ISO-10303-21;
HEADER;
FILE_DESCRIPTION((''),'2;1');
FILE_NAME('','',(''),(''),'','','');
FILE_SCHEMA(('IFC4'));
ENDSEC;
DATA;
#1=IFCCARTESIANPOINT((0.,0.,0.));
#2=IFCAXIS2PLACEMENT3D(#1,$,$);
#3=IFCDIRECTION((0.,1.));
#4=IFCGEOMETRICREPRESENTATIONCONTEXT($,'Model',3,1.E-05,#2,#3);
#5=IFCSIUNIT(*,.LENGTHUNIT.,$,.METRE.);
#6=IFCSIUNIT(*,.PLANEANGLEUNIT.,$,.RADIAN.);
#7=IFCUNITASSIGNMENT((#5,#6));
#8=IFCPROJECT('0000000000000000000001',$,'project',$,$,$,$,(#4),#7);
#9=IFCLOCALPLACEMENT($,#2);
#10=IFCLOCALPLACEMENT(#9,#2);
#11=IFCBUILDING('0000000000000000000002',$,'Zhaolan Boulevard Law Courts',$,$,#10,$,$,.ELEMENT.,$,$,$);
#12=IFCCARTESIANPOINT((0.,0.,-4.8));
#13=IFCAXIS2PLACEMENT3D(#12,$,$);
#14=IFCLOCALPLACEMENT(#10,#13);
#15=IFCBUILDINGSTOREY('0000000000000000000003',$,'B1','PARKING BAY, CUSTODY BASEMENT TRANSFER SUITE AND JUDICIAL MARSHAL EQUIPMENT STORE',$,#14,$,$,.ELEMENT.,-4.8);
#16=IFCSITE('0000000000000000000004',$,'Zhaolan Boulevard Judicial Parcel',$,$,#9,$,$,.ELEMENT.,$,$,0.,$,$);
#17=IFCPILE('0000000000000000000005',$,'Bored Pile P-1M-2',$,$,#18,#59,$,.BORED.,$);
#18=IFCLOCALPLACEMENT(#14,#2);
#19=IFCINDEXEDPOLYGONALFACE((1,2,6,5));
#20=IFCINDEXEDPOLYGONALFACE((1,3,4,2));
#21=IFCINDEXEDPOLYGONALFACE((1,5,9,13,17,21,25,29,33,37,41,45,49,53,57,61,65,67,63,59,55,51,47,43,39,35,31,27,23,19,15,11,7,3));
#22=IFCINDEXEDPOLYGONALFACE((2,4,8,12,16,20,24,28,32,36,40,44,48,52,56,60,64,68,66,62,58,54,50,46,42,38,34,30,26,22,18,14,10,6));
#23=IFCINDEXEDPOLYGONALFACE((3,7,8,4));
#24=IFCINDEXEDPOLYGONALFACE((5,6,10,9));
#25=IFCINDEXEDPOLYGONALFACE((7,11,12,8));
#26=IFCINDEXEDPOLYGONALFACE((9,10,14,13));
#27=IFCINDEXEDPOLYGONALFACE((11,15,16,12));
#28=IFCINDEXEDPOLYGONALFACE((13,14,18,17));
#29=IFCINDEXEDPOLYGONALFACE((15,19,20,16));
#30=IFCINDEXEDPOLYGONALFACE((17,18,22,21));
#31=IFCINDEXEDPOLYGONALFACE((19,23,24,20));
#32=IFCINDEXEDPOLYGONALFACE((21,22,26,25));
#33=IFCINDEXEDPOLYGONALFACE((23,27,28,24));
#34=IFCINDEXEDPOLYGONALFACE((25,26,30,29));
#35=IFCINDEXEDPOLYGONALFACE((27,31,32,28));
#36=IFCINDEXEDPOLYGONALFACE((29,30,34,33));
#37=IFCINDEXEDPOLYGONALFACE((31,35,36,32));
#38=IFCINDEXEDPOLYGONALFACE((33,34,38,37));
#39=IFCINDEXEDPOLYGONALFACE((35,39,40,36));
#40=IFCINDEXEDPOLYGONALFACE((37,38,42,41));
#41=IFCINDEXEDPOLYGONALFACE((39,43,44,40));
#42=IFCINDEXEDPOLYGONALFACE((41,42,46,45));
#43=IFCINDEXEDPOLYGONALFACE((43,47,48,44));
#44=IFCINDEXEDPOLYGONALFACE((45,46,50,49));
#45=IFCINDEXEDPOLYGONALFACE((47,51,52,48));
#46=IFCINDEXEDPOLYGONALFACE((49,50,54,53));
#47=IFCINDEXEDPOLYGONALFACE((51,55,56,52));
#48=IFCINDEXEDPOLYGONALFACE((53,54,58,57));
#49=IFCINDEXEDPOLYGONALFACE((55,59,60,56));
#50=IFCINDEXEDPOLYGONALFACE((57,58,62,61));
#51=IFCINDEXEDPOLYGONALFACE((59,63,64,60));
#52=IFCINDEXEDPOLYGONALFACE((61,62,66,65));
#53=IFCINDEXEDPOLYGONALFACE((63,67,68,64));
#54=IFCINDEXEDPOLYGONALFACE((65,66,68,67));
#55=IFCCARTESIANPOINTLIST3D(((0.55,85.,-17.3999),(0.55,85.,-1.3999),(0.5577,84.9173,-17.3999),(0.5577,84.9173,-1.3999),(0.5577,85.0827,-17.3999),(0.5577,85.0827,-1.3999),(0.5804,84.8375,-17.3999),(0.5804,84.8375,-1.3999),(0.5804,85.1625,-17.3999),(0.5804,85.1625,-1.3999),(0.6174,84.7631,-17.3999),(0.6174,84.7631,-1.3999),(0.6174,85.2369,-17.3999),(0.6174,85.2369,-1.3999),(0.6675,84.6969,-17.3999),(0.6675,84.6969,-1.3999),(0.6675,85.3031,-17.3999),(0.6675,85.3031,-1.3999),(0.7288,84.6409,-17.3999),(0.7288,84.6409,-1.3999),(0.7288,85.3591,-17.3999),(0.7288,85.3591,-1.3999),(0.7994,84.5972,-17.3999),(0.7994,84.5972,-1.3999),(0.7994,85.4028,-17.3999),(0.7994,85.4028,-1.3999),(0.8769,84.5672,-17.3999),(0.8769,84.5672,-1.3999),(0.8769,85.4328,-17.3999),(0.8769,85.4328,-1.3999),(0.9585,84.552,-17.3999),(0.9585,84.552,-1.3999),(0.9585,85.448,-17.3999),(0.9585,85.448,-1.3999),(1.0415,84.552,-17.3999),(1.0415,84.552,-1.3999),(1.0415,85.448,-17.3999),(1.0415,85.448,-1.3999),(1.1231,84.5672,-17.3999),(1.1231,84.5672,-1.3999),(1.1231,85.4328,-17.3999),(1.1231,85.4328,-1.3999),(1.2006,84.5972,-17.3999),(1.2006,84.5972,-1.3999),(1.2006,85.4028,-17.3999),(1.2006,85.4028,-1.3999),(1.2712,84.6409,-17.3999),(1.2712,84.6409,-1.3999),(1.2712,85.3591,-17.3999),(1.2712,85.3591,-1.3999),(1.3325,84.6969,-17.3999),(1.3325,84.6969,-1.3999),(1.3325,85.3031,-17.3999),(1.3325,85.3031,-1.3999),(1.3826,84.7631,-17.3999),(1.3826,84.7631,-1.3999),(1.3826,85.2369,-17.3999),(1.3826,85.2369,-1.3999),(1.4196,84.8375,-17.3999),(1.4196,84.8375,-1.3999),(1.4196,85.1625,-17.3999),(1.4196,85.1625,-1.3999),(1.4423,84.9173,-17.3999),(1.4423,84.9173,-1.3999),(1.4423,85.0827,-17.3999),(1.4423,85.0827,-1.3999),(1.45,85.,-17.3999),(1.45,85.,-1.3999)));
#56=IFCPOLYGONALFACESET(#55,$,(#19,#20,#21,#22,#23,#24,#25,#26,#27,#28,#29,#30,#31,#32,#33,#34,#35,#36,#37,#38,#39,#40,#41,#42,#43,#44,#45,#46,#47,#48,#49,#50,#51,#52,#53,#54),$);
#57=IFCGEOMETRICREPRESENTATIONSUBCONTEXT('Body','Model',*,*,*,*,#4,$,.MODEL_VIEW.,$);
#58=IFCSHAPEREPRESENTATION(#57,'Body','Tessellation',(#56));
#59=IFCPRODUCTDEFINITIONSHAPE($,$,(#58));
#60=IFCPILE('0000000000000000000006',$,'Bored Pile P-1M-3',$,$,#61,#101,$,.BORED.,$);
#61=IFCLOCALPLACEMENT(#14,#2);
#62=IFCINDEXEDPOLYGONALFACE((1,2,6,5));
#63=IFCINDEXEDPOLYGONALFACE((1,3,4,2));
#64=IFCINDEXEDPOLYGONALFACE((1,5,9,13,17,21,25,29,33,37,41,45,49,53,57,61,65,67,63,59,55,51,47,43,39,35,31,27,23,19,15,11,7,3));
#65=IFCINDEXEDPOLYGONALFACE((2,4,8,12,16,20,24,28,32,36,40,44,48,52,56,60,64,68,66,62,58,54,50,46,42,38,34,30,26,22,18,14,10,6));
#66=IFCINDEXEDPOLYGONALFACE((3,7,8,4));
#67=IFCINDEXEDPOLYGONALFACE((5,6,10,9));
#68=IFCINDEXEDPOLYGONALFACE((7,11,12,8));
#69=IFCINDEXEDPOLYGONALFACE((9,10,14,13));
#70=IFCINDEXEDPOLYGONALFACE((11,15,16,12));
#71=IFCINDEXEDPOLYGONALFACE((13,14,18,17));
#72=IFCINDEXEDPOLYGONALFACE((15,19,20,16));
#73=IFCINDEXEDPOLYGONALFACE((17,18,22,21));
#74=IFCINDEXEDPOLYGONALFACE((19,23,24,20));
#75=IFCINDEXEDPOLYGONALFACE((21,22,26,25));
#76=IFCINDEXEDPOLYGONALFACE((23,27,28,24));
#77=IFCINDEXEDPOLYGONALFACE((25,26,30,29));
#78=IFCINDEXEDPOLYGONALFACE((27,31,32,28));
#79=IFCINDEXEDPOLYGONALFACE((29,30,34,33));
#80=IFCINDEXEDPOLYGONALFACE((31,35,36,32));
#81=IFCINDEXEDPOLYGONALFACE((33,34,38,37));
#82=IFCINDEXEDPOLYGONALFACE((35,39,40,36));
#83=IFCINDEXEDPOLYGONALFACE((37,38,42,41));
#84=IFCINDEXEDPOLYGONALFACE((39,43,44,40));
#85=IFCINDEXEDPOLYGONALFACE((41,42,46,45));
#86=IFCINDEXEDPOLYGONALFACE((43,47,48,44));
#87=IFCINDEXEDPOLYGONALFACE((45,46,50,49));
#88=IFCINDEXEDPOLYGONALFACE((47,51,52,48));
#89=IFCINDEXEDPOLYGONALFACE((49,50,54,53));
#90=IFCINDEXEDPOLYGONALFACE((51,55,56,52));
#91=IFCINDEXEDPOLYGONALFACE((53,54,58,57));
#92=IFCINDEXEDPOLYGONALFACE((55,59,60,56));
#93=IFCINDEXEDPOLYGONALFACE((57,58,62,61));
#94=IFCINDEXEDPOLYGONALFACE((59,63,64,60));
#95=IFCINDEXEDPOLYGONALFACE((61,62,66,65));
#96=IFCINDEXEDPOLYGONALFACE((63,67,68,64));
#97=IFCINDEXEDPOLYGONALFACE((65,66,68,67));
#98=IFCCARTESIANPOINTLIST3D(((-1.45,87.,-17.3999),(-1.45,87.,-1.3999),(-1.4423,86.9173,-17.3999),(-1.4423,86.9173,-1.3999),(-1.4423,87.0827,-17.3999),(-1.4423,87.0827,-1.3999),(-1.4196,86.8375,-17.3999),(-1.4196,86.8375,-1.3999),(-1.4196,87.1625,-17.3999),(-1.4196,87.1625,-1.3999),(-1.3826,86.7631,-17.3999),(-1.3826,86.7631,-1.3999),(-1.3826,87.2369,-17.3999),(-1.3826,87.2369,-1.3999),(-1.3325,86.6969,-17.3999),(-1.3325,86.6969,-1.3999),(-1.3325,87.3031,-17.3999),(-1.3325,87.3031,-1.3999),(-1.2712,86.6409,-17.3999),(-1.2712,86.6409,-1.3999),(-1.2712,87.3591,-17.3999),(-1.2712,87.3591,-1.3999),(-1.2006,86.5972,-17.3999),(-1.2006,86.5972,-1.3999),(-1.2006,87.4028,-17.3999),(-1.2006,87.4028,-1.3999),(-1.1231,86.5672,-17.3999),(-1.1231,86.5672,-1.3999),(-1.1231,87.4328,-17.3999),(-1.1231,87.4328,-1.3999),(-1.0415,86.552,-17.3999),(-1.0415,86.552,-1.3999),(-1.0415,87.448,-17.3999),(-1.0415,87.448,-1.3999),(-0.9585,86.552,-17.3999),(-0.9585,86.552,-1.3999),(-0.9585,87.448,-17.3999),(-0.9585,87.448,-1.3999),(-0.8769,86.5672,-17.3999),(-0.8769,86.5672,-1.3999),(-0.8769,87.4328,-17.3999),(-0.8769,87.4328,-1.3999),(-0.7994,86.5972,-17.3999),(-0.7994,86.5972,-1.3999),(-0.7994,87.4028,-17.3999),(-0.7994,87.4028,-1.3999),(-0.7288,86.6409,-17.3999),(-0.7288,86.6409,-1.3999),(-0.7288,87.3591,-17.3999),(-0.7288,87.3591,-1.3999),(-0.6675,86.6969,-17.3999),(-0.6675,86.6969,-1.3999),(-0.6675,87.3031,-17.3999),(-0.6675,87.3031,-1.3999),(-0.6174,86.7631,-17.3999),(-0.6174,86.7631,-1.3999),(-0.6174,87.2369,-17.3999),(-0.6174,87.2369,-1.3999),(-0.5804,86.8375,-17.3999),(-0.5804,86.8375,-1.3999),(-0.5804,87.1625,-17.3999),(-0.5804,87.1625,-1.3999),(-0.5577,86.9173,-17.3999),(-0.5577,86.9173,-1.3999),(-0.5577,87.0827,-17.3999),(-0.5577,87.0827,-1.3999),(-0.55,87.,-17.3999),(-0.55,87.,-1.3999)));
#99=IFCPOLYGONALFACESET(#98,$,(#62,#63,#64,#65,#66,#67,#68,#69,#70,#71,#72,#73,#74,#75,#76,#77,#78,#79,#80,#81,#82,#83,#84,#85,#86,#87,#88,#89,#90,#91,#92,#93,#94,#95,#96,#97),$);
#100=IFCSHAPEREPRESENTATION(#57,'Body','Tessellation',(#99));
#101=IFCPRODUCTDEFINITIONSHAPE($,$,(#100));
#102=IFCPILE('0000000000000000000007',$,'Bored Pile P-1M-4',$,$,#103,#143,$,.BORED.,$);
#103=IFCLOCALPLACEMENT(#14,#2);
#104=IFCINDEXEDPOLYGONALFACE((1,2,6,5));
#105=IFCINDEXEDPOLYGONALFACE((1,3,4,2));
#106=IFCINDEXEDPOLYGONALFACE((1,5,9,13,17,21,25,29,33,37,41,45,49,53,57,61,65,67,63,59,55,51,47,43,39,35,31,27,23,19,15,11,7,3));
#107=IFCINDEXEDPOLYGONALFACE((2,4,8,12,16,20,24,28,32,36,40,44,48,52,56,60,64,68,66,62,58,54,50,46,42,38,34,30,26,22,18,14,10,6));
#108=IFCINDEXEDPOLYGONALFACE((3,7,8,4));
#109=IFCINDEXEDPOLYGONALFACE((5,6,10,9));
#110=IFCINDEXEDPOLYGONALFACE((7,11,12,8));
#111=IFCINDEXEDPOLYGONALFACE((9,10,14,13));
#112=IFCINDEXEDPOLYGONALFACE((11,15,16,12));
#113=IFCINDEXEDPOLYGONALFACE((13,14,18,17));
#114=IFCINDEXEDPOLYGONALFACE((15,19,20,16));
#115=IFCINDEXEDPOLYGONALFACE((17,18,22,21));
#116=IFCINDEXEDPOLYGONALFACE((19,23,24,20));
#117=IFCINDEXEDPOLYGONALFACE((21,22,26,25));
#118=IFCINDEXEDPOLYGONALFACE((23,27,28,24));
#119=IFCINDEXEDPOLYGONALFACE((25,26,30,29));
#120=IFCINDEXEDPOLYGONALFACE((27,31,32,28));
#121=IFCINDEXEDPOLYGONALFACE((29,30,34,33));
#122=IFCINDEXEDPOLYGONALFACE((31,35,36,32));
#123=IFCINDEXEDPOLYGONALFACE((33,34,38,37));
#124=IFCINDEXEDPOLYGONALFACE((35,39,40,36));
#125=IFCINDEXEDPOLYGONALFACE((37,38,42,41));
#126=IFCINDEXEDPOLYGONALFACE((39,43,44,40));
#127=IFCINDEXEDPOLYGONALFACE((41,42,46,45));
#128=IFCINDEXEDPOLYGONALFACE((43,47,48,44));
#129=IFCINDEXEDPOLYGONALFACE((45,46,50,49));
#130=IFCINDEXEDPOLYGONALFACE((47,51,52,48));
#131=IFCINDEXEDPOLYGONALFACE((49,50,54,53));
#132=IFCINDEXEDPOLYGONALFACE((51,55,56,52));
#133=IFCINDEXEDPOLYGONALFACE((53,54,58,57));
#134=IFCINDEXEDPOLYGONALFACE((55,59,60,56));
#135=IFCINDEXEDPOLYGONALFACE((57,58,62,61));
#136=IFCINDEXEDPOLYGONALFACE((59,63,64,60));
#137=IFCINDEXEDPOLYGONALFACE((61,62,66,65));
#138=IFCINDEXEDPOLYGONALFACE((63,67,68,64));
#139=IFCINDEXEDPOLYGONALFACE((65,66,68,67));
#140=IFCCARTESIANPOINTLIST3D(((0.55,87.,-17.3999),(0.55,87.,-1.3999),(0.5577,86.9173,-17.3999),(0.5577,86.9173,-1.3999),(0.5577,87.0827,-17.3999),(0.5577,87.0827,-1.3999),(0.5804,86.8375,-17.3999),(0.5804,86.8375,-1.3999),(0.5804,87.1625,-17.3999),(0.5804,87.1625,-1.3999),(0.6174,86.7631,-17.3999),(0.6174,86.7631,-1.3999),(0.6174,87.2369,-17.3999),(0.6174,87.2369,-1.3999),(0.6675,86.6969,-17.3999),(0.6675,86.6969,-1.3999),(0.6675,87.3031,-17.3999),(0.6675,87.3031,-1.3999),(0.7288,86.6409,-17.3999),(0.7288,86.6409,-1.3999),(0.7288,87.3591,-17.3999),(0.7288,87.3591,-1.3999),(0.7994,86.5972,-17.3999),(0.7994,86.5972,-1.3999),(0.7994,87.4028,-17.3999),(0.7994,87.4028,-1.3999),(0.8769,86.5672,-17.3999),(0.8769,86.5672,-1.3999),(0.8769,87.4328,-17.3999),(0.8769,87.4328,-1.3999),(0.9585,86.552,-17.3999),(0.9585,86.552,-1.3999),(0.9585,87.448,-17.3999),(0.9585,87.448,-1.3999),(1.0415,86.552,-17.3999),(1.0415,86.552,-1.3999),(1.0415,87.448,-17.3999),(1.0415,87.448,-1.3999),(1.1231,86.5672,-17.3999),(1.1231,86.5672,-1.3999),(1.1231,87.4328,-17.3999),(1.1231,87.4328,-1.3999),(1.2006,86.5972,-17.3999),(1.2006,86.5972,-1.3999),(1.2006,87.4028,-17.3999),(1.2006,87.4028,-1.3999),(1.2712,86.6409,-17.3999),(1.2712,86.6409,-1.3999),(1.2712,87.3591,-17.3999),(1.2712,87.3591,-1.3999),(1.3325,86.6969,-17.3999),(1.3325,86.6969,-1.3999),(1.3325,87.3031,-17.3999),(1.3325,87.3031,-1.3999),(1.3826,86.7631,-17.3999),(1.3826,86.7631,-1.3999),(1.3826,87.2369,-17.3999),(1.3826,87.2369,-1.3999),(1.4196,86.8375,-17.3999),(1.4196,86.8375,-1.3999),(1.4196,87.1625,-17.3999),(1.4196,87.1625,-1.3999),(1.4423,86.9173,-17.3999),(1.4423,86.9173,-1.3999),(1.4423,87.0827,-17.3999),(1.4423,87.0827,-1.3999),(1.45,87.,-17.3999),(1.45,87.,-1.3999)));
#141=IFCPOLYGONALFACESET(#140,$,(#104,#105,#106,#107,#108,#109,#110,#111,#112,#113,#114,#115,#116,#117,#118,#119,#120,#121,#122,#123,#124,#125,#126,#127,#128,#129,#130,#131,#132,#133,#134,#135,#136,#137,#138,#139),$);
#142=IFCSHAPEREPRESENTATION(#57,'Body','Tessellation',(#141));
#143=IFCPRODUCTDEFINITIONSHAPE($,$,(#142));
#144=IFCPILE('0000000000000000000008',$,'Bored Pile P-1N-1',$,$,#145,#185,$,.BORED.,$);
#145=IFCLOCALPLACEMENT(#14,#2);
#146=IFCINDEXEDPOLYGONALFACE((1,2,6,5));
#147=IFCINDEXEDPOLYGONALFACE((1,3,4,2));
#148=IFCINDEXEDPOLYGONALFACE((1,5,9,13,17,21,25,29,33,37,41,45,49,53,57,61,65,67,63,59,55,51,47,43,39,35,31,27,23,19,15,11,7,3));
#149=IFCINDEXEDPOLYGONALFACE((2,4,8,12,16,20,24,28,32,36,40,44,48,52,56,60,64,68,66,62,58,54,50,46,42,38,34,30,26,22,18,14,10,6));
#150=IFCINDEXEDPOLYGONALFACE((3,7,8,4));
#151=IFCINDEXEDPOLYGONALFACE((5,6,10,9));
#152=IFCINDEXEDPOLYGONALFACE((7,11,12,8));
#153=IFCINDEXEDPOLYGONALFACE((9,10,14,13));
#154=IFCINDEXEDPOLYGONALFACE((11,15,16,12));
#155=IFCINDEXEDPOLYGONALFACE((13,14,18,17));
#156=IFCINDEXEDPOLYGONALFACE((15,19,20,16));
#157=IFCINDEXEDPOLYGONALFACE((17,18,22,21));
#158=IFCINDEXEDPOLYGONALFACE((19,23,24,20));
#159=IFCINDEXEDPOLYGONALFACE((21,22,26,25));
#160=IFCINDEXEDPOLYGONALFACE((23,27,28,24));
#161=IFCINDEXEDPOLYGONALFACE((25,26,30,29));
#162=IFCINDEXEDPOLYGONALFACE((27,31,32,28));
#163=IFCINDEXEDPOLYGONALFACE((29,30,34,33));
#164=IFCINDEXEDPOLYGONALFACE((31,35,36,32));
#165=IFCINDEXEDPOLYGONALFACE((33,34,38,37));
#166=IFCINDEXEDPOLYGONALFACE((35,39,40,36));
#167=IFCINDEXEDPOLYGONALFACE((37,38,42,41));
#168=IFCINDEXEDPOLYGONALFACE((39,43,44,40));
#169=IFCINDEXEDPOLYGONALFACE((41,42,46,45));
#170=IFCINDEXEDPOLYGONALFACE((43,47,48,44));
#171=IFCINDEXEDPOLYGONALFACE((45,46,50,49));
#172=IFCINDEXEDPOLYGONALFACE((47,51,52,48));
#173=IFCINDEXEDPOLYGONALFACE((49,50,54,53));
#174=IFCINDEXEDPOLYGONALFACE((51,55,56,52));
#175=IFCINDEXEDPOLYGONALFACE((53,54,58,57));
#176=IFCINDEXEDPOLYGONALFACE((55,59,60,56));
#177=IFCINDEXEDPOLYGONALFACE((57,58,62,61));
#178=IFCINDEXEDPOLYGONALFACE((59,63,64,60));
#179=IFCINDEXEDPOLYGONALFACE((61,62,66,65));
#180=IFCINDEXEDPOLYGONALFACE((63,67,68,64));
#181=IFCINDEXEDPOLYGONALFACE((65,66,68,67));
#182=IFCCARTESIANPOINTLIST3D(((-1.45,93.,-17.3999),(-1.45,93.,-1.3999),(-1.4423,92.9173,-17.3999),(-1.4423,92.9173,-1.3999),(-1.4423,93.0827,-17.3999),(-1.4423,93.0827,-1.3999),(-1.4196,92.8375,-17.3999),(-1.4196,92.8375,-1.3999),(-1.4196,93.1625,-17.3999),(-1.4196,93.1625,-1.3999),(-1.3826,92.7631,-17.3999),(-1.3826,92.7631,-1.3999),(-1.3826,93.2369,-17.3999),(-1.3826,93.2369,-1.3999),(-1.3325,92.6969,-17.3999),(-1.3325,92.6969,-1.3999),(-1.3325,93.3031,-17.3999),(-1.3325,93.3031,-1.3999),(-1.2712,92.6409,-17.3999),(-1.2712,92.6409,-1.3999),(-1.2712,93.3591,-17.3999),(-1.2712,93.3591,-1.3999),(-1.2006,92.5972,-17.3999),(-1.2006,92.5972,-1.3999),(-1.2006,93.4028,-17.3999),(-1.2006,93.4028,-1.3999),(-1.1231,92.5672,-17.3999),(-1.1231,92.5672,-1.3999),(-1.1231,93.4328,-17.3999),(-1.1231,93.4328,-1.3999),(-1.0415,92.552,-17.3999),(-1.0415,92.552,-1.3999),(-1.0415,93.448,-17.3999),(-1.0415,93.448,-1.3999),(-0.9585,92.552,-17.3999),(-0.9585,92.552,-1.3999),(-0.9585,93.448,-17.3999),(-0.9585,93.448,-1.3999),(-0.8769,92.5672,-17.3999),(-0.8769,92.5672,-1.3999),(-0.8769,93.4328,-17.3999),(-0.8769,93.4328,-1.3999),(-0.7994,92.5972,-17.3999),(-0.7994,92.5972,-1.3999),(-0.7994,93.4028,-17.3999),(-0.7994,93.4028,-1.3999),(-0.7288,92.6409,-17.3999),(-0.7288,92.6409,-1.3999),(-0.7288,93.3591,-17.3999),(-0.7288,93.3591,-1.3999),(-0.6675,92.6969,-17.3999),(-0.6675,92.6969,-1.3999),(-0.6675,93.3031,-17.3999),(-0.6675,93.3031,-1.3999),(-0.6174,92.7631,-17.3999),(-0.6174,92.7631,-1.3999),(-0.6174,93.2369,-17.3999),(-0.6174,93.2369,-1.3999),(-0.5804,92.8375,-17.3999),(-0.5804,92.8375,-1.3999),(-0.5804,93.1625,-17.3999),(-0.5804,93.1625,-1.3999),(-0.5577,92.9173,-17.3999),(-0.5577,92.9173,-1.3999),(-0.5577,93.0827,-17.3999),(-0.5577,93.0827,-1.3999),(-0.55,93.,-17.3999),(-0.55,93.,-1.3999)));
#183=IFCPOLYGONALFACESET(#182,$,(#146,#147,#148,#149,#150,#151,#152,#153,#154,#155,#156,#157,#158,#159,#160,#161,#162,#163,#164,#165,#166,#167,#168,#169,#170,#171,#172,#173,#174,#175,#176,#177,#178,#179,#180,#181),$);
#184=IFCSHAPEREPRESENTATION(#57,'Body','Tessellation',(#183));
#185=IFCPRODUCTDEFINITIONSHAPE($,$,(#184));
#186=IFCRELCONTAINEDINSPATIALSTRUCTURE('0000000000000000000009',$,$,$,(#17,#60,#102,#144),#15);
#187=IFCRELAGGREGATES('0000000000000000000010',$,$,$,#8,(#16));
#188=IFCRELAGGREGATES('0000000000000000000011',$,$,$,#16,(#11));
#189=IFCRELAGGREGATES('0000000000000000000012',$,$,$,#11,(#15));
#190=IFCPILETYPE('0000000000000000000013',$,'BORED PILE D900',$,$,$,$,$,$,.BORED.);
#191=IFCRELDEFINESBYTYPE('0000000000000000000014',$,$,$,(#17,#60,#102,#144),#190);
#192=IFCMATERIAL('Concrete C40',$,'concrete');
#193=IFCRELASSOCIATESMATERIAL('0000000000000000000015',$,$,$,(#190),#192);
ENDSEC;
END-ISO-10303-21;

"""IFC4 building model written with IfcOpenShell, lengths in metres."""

from ifc_helpers import new_model, si_unit, direction, frame, origin, origin_2d, place, context, subcontext, project, spatial, circle, extrude, material, material_profile, profile_set, type_object, element, save


model = new_model("IFC4")

# Units and contexts
model_context = context("Model", 3, precision=1e-05, world=origin(), true_north=direction((0.0, 1.0)))
body_context = subcontext(model_context, "Body", "Model", "MODEL_VIEW")
ifc_project = project(units=[si_unit("LENGTHUNIT", "METRE"), si_unit("PLANEANGLEUNIT", "RADIAN")], contexts=[model_context])

# Site, building, storey
site_placement = place(None, origin())
site = spatial("IfcSite", under=ifc_project, at=site_placement, Name="Zhaolan Boulevard Judicial Parcel", CompositionType="ELEMENT", RefElevation=0.0)
building_placement = place(site_placement, origin())
building = spatial("IfcBuilding", under=site, at=building_placement, Name="Zhaolan Boulevard Law Courts", CompositionType="ELEMENT")
storey_placement = place(building_placement, frame((0.0, 0.0, -4.8)))
storey = spatial("IfcBuildingStorey", under=building, at=storey_placement, Name="B1", Description="PARKING BAY, CUSTODY BASEMENT TRANSFER SUITE AND JUDICIAL MARSHAL EQUIPMENT STORE", CompositionType="ELEMENT", Elevation=-4.8)

# Piles
ifc_material_1 = material(Name="Concrete C40", Category="concrete")
ifc_material_profile_1 = material_profile(ifc_material_1, circle(Radius=0.45, at=origin_2d()), Name="PILE-D900")
ifc_profile_set_1 = profile_set([ifc_material_profile_1], Name="Concrete C40")
pile_type_1 = type_object("IfcPileType", Name="BORED PILE D900", PredefinedType="BORED", material=ifc_profile_set_1)
for number, where, z_axis, x_axis, name in (
    (1, (1.0, 85.0, -1.3999), (0.0, 0.0, -1.0), (1.0, 0.0, 0.0), "Bored Pile P-1M-2"),
    (2, (-1.0, 87.0, -1.3999), (0.0, 0.0, -1.0), (1.0, 0.0, 0.0), "Bored Pile P-1M-3"),
    (3, (1.0, 87.0, -1.3999), (0.0, 0.0, -1.0), (1.0, 0.0, 0.0), "Bored Pile P-1M-4"),
    (4, (-1.0, 93.0, -1.3999), (0.0, 0.0, -1.0), (1.0, 0.0, 0.0), "Bored Pile P-1N-1"),
):
    element("IfcPile", number, at=place(storey_placement, frame(where, z_axis=z_axis, x_axis=x_axis)), inside=storey, type_object=pile_type_1, Name=name, PredefinedType="BORED", context=body_context, shape_type="SweptSolid", body=[
        extrude(circle(Radius=0.45, at=origin_2d()), origin(), (0.0, 0.0, 1.0), 16.0),
    ])

save(model, "model.ifc")
